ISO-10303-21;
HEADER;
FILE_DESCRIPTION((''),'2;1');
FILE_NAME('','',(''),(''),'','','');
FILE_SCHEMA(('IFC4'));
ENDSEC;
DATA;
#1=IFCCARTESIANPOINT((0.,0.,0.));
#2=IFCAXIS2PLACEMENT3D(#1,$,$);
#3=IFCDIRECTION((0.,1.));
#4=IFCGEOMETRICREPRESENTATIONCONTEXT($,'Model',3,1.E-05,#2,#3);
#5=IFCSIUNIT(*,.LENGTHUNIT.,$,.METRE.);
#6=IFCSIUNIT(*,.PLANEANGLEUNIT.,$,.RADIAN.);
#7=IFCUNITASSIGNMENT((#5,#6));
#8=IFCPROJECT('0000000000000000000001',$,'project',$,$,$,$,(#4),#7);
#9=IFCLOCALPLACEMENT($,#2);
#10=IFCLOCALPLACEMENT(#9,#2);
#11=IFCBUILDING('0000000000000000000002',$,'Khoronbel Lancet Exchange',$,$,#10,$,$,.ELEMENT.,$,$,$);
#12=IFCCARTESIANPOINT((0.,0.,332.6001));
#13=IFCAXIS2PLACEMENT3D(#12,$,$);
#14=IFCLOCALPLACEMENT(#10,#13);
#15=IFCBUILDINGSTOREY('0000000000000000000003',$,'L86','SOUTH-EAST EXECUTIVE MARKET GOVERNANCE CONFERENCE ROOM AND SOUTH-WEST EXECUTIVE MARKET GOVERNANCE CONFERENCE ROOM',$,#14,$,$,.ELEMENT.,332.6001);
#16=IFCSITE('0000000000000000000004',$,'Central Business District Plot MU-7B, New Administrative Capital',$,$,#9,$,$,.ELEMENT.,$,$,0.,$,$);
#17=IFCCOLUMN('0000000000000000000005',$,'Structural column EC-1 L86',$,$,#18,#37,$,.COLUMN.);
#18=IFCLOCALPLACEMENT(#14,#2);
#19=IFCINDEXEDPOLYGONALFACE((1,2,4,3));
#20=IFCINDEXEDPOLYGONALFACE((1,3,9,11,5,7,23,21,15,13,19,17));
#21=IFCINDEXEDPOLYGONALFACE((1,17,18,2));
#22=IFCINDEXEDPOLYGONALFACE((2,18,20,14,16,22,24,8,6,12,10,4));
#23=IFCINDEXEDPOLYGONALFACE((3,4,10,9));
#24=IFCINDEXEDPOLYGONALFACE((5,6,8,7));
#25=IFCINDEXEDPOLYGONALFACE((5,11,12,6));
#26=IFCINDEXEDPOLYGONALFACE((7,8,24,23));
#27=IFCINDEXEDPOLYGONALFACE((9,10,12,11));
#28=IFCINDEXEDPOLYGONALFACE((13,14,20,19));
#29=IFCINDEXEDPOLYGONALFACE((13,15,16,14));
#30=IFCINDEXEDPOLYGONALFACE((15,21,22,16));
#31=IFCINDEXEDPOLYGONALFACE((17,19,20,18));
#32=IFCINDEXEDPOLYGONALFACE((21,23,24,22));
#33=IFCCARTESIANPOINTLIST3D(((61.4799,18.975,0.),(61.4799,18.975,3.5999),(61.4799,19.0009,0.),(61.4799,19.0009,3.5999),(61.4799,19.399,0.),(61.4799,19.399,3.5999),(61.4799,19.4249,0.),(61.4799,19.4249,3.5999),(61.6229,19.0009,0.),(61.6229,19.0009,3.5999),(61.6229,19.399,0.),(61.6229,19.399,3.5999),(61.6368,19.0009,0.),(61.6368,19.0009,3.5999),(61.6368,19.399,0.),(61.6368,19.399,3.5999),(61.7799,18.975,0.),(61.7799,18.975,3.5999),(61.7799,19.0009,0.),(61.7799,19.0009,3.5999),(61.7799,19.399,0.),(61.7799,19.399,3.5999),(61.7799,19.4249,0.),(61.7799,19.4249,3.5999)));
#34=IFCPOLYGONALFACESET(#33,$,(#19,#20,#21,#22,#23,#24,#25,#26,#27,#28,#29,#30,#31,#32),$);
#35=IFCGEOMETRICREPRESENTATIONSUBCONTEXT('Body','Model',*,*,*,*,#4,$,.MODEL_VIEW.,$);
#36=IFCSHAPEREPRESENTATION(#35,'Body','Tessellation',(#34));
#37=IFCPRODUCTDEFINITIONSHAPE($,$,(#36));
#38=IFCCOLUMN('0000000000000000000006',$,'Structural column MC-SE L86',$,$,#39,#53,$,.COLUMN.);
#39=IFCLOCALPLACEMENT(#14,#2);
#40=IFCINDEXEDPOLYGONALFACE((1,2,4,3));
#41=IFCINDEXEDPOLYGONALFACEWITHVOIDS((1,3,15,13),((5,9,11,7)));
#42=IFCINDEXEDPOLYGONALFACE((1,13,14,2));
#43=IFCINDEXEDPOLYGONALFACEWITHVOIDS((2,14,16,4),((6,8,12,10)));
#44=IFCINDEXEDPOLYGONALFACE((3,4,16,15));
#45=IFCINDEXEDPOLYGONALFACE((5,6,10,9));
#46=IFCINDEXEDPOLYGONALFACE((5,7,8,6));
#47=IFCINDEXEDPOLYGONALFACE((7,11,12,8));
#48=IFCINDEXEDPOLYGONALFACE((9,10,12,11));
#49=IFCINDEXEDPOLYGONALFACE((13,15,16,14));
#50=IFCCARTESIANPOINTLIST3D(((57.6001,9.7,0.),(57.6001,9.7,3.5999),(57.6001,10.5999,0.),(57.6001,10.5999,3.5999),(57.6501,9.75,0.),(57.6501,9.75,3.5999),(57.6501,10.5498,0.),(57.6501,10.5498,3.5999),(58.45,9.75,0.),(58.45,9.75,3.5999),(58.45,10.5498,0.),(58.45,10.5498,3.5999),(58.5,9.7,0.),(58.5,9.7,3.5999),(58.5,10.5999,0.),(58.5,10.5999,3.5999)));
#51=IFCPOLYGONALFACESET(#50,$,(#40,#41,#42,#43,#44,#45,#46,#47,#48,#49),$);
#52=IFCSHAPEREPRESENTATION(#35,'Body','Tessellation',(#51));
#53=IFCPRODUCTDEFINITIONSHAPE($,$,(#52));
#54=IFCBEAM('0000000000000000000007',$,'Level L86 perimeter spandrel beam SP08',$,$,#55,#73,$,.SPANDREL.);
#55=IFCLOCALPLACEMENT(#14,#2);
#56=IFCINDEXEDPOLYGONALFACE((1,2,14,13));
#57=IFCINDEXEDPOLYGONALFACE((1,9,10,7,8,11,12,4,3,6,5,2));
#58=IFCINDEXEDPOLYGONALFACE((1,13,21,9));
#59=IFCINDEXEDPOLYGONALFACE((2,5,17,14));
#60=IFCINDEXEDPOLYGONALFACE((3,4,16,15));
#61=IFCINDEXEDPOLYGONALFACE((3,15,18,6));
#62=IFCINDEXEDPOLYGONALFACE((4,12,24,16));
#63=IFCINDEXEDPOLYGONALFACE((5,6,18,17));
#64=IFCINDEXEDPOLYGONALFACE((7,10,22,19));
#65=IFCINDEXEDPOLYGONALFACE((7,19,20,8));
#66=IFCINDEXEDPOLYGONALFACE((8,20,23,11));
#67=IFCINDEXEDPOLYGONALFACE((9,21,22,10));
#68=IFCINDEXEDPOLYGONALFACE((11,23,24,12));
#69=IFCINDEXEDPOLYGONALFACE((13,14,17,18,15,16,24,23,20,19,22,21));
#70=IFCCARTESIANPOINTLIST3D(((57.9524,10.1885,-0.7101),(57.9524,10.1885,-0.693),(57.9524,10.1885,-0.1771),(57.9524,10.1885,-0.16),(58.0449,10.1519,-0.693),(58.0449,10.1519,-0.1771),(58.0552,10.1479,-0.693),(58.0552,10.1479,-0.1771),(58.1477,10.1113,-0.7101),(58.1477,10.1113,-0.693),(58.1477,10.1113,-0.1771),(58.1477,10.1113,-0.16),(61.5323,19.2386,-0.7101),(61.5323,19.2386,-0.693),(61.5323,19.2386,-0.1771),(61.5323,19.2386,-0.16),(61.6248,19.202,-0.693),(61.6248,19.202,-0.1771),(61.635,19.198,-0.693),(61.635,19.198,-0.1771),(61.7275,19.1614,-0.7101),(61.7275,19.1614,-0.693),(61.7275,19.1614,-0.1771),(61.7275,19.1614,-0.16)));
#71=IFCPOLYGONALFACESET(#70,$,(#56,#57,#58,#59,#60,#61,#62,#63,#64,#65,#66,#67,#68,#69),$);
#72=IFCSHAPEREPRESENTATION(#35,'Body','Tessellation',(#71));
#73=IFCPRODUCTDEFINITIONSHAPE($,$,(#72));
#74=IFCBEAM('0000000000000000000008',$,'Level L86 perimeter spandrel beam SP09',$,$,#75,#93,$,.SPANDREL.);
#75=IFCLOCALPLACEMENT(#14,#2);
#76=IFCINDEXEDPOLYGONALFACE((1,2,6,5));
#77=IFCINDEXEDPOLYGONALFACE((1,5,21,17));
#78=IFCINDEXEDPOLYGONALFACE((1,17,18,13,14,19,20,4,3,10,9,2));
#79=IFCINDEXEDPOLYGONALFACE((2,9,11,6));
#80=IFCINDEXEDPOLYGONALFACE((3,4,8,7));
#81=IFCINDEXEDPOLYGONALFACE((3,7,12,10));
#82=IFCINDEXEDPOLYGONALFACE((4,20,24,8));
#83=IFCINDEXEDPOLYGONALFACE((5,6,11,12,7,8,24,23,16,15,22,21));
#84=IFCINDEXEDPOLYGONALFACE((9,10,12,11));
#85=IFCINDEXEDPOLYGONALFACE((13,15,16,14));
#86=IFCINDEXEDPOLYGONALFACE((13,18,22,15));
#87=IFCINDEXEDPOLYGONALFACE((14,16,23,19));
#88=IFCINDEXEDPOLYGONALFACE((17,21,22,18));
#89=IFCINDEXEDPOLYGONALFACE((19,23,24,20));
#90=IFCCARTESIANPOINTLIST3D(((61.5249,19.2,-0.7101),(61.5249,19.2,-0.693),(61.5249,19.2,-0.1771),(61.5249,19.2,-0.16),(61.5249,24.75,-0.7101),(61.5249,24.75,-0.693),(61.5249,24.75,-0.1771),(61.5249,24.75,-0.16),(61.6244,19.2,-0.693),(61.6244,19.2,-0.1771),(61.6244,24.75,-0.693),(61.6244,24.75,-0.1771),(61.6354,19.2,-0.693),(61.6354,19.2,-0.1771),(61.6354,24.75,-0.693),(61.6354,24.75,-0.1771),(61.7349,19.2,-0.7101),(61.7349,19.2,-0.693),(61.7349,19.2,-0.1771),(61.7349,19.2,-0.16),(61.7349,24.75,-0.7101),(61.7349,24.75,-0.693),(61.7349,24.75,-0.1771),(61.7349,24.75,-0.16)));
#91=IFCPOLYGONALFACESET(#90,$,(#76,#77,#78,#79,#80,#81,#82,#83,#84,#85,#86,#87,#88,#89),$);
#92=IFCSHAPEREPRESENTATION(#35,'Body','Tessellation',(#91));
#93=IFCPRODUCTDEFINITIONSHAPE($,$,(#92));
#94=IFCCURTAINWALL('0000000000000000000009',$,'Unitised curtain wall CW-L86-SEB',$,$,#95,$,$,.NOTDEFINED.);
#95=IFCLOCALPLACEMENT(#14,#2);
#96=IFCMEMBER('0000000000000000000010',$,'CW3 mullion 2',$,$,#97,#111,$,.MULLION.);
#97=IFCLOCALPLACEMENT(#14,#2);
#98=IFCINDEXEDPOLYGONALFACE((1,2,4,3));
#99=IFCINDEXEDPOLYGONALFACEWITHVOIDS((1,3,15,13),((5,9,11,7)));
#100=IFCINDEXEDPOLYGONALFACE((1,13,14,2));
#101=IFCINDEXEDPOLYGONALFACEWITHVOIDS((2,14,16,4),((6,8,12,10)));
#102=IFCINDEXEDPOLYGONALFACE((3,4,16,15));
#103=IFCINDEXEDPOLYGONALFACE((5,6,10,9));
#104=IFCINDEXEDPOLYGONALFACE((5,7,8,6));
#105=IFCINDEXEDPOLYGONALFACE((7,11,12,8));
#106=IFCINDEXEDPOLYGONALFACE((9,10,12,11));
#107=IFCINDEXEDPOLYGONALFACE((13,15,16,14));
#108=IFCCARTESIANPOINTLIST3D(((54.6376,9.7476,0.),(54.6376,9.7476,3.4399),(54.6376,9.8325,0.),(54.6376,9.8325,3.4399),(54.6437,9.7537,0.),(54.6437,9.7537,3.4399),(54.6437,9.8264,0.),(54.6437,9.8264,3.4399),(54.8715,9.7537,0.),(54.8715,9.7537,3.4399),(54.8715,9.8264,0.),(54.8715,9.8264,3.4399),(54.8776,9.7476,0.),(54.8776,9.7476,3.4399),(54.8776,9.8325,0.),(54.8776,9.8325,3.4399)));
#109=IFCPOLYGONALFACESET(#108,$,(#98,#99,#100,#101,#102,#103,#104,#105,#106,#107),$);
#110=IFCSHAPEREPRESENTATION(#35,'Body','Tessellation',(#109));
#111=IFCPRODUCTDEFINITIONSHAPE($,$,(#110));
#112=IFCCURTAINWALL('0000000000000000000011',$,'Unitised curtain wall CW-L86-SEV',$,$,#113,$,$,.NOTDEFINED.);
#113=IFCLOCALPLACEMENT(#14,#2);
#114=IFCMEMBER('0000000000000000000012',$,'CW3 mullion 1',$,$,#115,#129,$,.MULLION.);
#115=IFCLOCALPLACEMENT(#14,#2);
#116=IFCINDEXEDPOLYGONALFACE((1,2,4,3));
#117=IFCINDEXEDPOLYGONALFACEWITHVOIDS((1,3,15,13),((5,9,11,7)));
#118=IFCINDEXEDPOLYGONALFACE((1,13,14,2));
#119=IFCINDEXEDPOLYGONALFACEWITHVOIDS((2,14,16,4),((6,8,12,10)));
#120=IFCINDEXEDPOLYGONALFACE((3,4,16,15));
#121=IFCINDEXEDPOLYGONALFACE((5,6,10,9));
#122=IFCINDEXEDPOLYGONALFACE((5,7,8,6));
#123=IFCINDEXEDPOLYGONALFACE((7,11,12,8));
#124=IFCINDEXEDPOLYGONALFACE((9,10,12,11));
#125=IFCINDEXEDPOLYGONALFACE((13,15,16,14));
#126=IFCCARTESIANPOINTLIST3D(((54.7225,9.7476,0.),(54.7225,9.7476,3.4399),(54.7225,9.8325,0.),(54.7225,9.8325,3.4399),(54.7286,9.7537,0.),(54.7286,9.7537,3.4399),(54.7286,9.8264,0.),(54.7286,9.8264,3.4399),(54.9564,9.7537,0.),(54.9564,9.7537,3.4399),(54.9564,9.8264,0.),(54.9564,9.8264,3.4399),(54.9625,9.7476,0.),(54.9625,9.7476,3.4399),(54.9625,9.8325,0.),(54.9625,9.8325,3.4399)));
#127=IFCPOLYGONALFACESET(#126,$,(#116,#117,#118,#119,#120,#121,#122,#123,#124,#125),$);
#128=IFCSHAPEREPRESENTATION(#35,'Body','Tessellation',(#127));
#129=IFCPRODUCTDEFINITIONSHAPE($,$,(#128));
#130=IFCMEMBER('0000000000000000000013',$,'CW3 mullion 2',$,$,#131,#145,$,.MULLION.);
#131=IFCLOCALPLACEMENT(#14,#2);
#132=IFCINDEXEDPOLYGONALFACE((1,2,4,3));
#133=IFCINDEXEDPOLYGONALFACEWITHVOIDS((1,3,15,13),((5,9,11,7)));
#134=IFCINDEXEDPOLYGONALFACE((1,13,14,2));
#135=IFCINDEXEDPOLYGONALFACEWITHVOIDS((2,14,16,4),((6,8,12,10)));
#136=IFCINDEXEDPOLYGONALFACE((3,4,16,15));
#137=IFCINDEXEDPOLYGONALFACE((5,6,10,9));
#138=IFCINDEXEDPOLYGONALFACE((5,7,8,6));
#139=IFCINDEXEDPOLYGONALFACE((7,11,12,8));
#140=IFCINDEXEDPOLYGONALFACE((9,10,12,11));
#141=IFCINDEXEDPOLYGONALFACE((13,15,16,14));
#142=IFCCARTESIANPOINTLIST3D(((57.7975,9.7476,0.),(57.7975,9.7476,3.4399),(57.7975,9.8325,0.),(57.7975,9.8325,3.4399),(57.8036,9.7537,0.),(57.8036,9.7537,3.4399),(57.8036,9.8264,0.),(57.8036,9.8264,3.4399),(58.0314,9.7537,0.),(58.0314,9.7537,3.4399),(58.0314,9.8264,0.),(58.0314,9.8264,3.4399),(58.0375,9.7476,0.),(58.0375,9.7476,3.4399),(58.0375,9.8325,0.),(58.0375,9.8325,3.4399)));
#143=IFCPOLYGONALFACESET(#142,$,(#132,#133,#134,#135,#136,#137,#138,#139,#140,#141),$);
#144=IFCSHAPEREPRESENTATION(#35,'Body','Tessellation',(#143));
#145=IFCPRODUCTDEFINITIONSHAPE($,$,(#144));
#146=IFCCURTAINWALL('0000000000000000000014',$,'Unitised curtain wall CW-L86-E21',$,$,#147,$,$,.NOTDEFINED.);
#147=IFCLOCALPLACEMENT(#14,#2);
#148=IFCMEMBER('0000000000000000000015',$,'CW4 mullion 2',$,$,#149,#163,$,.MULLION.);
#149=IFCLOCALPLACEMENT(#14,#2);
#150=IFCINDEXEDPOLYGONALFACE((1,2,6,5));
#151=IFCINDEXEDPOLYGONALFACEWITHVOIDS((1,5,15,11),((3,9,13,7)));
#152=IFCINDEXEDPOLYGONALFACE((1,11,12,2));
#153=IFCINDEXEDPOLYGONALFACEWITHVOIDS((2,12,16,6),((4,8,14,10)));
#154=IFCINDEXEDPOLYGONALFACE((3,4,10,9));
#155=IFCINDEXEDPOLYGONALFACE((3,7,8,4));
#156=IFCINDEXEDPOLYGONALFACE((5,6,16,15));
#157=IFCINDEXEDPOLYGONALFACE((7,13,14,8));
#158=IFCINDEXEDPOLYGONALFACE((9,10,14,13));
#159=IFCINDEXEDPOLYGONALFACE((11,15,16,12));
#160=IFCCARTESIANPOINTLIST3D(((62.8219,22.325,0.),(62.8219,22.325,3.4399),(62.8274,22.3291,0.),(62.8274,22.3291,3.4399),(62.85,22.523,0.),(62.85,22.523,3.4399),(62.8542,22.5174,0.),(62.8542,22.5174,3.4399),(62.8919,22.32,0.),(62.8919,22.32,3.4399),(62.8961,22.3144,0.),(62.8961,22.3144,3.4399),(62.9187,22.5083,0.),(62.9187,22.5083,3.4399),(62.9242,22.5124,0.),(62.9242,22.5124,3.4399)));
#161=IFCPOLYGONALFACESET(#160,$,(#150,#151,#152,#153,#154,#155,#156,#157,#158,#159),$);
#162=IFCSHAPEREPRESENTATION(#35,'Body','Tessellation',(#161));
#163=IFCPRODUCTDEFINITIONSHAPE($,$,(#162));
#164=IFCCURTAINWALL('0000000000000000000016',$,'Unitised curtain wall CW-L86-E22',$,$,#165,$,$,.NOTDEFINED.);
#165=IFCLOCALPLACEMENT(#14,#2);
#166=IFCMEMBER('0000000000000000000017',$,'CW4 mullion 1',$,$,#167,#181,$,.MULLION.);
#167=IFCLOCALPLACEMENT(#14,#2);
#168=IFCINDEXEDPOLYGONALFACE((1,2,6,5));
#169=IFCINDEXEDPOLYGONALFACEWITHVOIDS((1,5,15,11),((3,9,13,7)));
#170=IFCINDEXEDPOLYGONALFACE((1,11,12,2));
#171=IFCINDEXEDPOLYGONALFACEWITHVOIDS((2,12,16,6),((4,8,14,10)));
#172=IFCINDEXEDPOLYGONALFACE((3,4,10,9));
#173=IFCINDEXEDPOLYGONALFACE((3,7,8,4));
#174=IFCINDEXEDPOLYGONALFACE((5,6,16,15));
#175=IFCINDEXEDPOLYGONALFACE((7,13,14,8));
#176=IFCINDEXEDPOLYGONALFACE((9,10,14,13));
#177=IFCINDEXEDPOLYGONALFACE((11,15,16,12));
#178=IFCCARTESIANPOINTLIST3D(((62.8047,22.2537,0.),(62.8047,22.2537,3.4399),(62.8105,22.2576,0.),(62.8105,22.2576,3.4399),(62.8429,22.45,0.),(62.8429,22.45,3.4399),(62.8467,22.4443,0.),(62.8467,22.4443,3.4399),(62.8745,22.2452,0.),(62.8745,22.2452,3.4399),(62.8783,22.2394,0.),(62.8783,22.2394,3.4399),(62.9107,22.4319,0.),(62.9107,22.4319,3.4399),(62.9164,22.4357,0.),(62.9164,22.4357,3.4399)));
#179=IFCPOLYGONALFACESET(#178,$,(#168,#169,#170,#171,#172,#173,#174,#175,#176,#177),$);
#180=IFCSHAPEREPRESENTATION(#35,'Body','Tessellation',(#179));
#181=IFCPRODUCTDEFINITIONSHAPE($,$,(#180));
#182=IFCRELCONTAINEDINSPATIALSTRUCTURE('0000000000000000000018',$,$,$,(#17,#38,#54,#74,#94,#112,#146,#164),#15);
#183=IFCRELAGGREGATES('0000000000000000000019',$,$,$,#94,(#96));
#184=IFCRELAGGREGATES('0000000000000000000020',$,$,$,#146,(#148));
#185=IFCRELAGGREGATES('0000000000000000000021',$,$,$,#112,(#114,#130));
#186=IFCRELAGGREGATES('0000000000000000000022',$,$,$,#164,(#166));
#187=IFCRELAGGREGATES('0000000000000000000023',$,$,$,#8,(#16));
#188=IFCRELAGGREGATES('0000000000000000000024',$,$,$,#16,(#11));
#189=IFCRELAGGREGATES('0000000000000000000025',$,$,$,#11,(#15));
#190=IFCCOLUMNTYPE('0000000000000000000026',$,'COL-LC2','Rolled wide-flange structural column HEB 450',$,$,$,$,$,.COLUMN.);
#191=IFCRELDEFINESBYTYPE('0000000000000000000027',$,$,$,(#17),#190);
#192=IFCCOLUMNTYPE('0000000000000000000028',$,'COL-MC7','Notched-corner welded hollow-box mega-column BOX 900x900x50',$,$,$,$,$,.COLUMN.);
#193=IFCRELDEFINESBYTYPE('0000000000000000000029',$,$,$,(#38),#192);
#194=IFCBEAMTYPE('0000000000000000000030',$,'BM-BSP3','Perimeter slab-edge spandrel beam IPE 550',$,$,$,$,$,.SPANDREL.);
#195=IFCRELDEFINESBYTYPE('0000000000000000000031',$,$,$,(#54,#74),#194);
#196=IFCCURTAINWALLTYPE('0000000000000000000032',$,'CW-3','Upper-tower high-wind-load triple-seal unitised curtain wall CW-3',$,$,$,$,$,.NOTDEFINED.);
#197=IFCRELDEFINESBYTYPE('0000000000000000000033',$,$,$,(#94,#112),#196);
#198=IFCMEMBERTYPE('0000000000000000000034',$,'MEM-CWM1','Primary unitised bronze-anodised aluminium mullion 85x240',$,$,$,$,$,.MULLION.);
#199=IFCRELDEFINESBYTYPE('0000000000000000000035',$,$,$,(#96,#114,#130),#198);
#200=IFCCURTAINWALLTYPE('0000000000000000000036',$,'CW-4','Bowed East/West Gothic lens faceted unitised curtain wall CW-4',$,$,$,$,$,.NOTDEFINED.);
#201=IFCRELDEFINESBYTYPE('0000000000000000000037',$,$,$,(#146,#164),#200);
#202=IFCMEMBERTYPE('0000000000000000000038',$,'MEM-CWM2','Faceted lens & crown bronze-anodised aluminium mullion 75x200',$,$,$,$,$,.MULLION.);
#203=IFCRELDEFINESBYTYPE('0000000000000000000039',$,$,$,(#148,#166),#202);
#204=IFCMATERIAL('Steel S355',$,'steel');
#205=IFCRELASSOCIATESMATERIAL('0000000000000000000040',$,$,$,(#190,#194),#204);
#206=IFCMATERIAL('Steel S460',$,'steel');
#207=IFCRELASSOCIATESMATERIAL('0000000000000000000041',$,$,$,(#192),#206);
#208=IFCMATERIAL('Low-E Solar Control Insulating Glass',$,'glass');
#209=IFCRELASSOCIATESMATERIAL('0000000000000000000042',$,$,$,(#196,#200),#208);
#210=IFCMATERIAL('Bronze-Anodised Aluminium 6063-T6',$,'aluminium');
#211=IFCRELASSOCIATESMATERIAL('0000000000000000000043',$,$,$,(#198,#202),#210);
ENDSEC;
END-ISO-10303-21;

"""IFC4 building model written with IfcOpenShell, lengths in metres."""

from ifc_helpers import new_model, si_unit, direction, frame, origin, origin_2d, place, context, subcontext, project, spatial, hollow_rectangle, i_section, extrude, material, material_profile, profile_set, type_object, element, aggregate, save


model = new_model("IFC4")

# Units and contexts
model_context = context("Model", 3, precision=1e-05, world=origin(), true_north=direction((0.0, 1.0)))
body_context = subcontext(model_context, "Body", "Model", "MODEL_VIEW")
ifc_project = project(units=[si_unit("LENGTHUNIT", "METRE"), si_unit("PLANEANGLEUNIT", "RADIAN")], contexts=[model_context])

# Site, building, storey
site_placement = place(None, origin())
site = spatial("IfcSite", under=ifc_project, at=site_placement, Name="Central Business District Plot MU-7B, New Administrative Capital", CompositionType="ELEMENT", RefElevation=0.0)
building_placement = place(site_placement, origin())
building = spatial("IfcBuilding", under=site, at=building_placement, Name="Khoronbel Lancet Exchange", CompositionType="ELEMENT")
storey_placement = place(building_placement, frame((0.0, 0.0, 332.6001)))
storey = spatial("IfcBuildingStorey", under=building, at=storey_placement, Name="L86", Description="SOUTH-EAST EXECUTIVE MARKET GOVERNANCE CONFERENCE ROOM AND SOUTH-WEST EXECUTIVE MARKET GOVERNANCE CONFERENCE ROOM", CompositionType="ELEMENT", Elevation=332.6001)

# Columns
ifc_material_1 = material(Name="Steel S355", Category="steel")
ifc_material_profile_1 = material_profile(ifc_material_1, i_section(OverallWidth=0.3, OverallDepth=0.45, WebThickness=0.0139, FlangeThickness=0.0259, at=origin_2d()), Name="HEB 450")
ifc_profile_set_1 = profile_set([ifc_material_profile_1], Name="Steel S355")
column_type_1 = type_object("IfcColumnType", Name="COL-LC2", Description="Rolled wide-flange structural column HEB 450", PredefinedType="COLUMN", material=ifc_profile_set_1)
column_1_placement = place(storey_placement, frame((61.6299, 19.2, 0.0), z_axis=(0.0, 0.0, 1.0), x_axis=(1.0, 0.0, 0.0)))
element("IfcColumn", 1, at=column_1_placement, inside=storey, type_object=column_type_1, Name="Structural column EC-1 L86", PredefinedType="COLUMN", context=body_context, shape_type="SweptSolid", body=[
    extrude(i_section(OverallWidth=0.3, OverallDepth=0.45, WebThickness=0.0139, FlangeThickness=0.0259, at=origin_2d()), origin(), (0.0, 0.0, 1.0), 3.5999),
])
ifc_material_2 = material(Name="Steel S460", Category="steel")
ifc_material_profile_2 = material_profile(ifc_material_2, hollow_rectangle(XDim=0.8999, YDim=0.8999, WallThickness=0.05, at=origin_2d()), Name="BOX 900x900x50")
ifc_profile_set_2 = profile_set([ifc_material_profile_2], Name="Steel S460")
column_type_2 = type_object("IfcColumnType", Name="COL-MC7", Description="Notched-corner welded hollow-box mega-column BOX 900x900x50", PredefinedType="COLUMN", material=ifc_profile_set_2)
column_2_placement = place(storey_placement, frame((58.05, 10.1499, 0.0), z_axis=(0.0, 0.0, 1.0), x_axis=(1.0, 0.0, 0.0)))
element("IfcColumn", 2, at=column_2_placement, inside=storey, type_object=column_type_2, Name="Structural column MC-SE L86", PredefinedType="COLUMN", context=body_context, shape_type="SweptSolid", body=[
    extrude(hollow_rectangle(XDim=0.8999, YDim=0.8999, WallThickness=0.05, at=origin_2d()), origin(), (0.0, 0.0, 1.0), 3.5999),
])

# Beams
ifc_material_profile_3 = material_profile(ifc_material_1, i_section(OverallWidth=0.21, OverallDepth=0.55, WebThickness=0.011, FlangeThickness=0.0171, at=origin_2d()), Name="IPE 550")
ifc_profile_set_3 = profile_set([ifc_material_profile_3], Name="Steel S355")
beam_type = type_object("IfcBeamType", Name="BM-BSP3", Description="Perimeter slab-edge spandrel beam IPE 550", PredefinedType="SPANDREL", material=ifc_profile_set_3)
beam_1_placement = place(storey_placement, frame((58.05, 10.1499, -0.4351), z_axis=(0.367828, 0.929894, 0.0), x_axis=(-0.929894, 0.367828, 0.0)))
element("IfcBeam", 3, at=beam_1_placement, inside=storey, type_object=beam_type, Name="Level L86 perimeter spandrel beam SP08", PredefinedType="SPANDREL", context=body_context, shape_type="SweptSolid", body=[
    extrude(i_section(OverallWidth=0.21, OverallDepth=0.55, WebThickness=0.011, FlangeThickness=0.0171, at=origin_2d()), origin(), (0.0, 0.0, 1.0), 9.7324),
])
beam_2_placement = place(storey_placement, frame((61.6299, 19.2, -0.4351), z_axis=(0.0, 1.0, 0.0), x_axis=(-1.0, 0.0, 0.0)))
element("IfcBeam", 4, at=beam_2_placement, inside=storey, type_object=beam_type, Name="Level L86 perimeter spandrel beam SP09", PredefinedType="SPANDREL", context=body_context, shape_type="SweptSolid", body=[
    extrude(i_section(OverallWidth=0.21, OverallDepth=0.55, WebThickness=0.011, FlangeThickness=0.0171, at=origin_2d()), origin(), (0.0, 0.0, 1.0), 5.55),
])

# Curtain wall, member
ifc_material_3 = material(Name="Low-E Solar Control Insulating Glass", Category="glass")
curtain_wall_type_1 = type_object("IfcCurtainWallType", Name="CW-3", Description="Upper-tower high-wind-load triple-seal unitised curtain wall CW-3", PredefinedType="NOTDEFINED", material=ifc_material_3)
curtain_wall_1_placement = place(storey_placement, origin())
curtain_wall_1 = element("IfcCurtainWall", 5, at=curtain_wall_1_placement, inside=storey, type_object=curtain_wall_type_1, Name="Unitised curtain wall CW-L86-SEB", PredefinedType="NOTDEFINED")
ifc_material_4 = material(Name="Bronze-Anodised Aluminium 6063-T6", Category="aluminium")
ifc_material_profile_4 = material_profile(ifc_material_4, hollow_rectangle(XDim=0.085, YDim=0.24, WallThickness=0.0061, at=origin_2d()), Name="ALU MULLION 85x240")
ifc_profile_set_4 = profile_set([ifc_material_profile_4], Name="Bronze-Anodised Aluminium 6063-T6")
member_type_1 = type_object("IfcMemberType", Name="MEM-CWM1", Description="Primary unitised bronze-anodised aluminium mullion 85x240", PredefinedType="MULLION", material=ifc_profile_set_4)
member_1_placement = place(storey_placement, frame((54.7576, 9.79, 0.0), z_axis=(0.0, 0.0, 1.0), x_axis=(0.0, 1.0, 0.0)))
member_1 = element("IfcMember", 6, at=member_1_placement, type_object=member_type_1, Name="CW3 mullion 2", PredefinedType="MULLION", context=body_context, shape_type="SweptSolid", body=[
    extrude(hollow_rectangle(XDim=0.085, YDim=0.24, WallThickness=0.0061, at=origin_2d()), origin(), (0.0, 0.0, 1.0), 3.4399),
])
aggregate(curtain_wall_1, [member_1])

# Curtain wall, members
curtain_wall_2_placement = place(storey_placement, origin())
curtain_wall_2 = element("IfcCurtainWall", 7, at=curtain_wall_2_placement, inside=storey, type_object=curtain_wall_type_1, Name="Unitised curtain wall CW-L86-SEV", PredefinedType="NOTDEFINED")
member_2_placement = place(storey_placement, frame((54.8425, 9.79, 0.0), z_axis=(0.0, 0.0, 1.0), x_axis=(0.0, 1.0, 0.0)))
member_2 = element("IfcMember", 8, at=member_2_placement, type_object=member_type_1, Name="CW3 mullion 1", PredefinedType="MULLION", context=body_context, shape_type="SweptSolid", body=[
    extrude(hollow_rectangle(XDim=0.085, YDim=0.24, WallThickness=0.0061, at=origin_2d()), origin(), (0.0, 0.0, 1.0), 3.4399),
])
member_3_placement = place(storey_placement, frame((57.9175, 9.79, 0.0), z_axis=(0.0, 0.0, 1.0), x_axis=(0.0, 1.0, 0.0)))
member_3 = element("IfcMember", 9, at=member_3_placement, type_object=member_type_1, Name="CW3 mullion 2", PredefinedType="MULLION", context=body_context, shape_type="SweptSolid", body=[
    extrude(hollow_rectangle(XDim=0.085, YDim=0.24, WallThickness=0.0061, at=origin_2d()), origin(), (0.0, 0.0, 1.0), 3.4399),
])

# Curtain wall, member
curtain_wall_type_2 = type_object("IfcCurtainWallType", Name="CW-4", Description="Bowed East/West Gothic lens faceted unitised curtain wall CW-4", PredefinedType="NOTDEFINED", material=ifc_material_3)
curtain_wall_3_placement = place(storey_placement, origin())
curtain_wall_3 = element("IfcCurtainWall", 10, at=curtain_wall_3_placement, inside=storey, type_object=curtain_wall_type_2, Name="Unitised curtain wall CW-L86-E21", PredefinedType="NOTDEFINED")
ifc_material_profile_5 = material_profile(ifc_material_4, hollow_rectangle(XDim=0.075, YDim=0.2, WallThickness=0.0049, at=origin_2d()), Name="ALU MULLION 75x200")
ifc_profile_set_5 = profile_set([ifc_material_profile_5], Name="Bronze-Anodised Aluminium 6063-T6")
member_type_2 = type_object("IfcMemberType", Name="MEM-CWM2", Description="Faceted lens & crown bronze-anodised aluminium mullion 75x200", PredefinedType="MULLION", material=ifc_profile_set_5)
member_4_placement = place(storey_placement, frame((62.873, 22.4187, 0.0), z_axis=(0.0, 0.0, 1.0), x_axis=(0.990038, -0.140803, 0.0)))
member_4 = element("IfcMember", 11, at=member_4_placement, type_object=member_type_2, Name="CW4 mullion 2", PredefinedType="MULLION", context=body_context, shape_type="SweptSolid", body=[
    extrude(hollow_rectangle(XDim=0.075, YDim=0.2, WallThickness=0.0049, at=origin_2d()), origin(), (0.0, 0.0, 1.0), 3.4399),
])
aggregate(curtain_wall_3, [member_4])

# Curtain wall, member
curtain_wall_4_placement = place(storey_placement, origin())
curtain_wall_4 = element("IfcCurtainWall", 12, at=curtain_wall_4_placement, inside=storey, type_object=curtain_wall_type_2, Name="Unitised curtain wall CW-L86-E22", PredefinedType="NOTDEFINED")
member_5_placement = place(storey_placement, frame((62.8606, 22.3447, 0.0), z_axis=(0.0, 0.0, 1.0), x_axis=(0.981648, -0.190704, 0.0)))
member_5 = element("IfcMember", 13, at=member_5_placement, type_object=member_type_2, Name="CW4 mullion 1", PredefinedType="MULLION", context=body_context, shape_type="SweptSolid", body=[
    extrude(hollow_rectangle(XDim=0.075, YDim=0.2, WallThickness=0.0049, at=origin_2d()), origin(), (0.0, 0.0, 1.0), 3.4399),
])

aggregate(curtain_wall_2, [member_2, member_3])
aggregate(curtain_wall_4, [member_5])

save(model, "model.ifc")
